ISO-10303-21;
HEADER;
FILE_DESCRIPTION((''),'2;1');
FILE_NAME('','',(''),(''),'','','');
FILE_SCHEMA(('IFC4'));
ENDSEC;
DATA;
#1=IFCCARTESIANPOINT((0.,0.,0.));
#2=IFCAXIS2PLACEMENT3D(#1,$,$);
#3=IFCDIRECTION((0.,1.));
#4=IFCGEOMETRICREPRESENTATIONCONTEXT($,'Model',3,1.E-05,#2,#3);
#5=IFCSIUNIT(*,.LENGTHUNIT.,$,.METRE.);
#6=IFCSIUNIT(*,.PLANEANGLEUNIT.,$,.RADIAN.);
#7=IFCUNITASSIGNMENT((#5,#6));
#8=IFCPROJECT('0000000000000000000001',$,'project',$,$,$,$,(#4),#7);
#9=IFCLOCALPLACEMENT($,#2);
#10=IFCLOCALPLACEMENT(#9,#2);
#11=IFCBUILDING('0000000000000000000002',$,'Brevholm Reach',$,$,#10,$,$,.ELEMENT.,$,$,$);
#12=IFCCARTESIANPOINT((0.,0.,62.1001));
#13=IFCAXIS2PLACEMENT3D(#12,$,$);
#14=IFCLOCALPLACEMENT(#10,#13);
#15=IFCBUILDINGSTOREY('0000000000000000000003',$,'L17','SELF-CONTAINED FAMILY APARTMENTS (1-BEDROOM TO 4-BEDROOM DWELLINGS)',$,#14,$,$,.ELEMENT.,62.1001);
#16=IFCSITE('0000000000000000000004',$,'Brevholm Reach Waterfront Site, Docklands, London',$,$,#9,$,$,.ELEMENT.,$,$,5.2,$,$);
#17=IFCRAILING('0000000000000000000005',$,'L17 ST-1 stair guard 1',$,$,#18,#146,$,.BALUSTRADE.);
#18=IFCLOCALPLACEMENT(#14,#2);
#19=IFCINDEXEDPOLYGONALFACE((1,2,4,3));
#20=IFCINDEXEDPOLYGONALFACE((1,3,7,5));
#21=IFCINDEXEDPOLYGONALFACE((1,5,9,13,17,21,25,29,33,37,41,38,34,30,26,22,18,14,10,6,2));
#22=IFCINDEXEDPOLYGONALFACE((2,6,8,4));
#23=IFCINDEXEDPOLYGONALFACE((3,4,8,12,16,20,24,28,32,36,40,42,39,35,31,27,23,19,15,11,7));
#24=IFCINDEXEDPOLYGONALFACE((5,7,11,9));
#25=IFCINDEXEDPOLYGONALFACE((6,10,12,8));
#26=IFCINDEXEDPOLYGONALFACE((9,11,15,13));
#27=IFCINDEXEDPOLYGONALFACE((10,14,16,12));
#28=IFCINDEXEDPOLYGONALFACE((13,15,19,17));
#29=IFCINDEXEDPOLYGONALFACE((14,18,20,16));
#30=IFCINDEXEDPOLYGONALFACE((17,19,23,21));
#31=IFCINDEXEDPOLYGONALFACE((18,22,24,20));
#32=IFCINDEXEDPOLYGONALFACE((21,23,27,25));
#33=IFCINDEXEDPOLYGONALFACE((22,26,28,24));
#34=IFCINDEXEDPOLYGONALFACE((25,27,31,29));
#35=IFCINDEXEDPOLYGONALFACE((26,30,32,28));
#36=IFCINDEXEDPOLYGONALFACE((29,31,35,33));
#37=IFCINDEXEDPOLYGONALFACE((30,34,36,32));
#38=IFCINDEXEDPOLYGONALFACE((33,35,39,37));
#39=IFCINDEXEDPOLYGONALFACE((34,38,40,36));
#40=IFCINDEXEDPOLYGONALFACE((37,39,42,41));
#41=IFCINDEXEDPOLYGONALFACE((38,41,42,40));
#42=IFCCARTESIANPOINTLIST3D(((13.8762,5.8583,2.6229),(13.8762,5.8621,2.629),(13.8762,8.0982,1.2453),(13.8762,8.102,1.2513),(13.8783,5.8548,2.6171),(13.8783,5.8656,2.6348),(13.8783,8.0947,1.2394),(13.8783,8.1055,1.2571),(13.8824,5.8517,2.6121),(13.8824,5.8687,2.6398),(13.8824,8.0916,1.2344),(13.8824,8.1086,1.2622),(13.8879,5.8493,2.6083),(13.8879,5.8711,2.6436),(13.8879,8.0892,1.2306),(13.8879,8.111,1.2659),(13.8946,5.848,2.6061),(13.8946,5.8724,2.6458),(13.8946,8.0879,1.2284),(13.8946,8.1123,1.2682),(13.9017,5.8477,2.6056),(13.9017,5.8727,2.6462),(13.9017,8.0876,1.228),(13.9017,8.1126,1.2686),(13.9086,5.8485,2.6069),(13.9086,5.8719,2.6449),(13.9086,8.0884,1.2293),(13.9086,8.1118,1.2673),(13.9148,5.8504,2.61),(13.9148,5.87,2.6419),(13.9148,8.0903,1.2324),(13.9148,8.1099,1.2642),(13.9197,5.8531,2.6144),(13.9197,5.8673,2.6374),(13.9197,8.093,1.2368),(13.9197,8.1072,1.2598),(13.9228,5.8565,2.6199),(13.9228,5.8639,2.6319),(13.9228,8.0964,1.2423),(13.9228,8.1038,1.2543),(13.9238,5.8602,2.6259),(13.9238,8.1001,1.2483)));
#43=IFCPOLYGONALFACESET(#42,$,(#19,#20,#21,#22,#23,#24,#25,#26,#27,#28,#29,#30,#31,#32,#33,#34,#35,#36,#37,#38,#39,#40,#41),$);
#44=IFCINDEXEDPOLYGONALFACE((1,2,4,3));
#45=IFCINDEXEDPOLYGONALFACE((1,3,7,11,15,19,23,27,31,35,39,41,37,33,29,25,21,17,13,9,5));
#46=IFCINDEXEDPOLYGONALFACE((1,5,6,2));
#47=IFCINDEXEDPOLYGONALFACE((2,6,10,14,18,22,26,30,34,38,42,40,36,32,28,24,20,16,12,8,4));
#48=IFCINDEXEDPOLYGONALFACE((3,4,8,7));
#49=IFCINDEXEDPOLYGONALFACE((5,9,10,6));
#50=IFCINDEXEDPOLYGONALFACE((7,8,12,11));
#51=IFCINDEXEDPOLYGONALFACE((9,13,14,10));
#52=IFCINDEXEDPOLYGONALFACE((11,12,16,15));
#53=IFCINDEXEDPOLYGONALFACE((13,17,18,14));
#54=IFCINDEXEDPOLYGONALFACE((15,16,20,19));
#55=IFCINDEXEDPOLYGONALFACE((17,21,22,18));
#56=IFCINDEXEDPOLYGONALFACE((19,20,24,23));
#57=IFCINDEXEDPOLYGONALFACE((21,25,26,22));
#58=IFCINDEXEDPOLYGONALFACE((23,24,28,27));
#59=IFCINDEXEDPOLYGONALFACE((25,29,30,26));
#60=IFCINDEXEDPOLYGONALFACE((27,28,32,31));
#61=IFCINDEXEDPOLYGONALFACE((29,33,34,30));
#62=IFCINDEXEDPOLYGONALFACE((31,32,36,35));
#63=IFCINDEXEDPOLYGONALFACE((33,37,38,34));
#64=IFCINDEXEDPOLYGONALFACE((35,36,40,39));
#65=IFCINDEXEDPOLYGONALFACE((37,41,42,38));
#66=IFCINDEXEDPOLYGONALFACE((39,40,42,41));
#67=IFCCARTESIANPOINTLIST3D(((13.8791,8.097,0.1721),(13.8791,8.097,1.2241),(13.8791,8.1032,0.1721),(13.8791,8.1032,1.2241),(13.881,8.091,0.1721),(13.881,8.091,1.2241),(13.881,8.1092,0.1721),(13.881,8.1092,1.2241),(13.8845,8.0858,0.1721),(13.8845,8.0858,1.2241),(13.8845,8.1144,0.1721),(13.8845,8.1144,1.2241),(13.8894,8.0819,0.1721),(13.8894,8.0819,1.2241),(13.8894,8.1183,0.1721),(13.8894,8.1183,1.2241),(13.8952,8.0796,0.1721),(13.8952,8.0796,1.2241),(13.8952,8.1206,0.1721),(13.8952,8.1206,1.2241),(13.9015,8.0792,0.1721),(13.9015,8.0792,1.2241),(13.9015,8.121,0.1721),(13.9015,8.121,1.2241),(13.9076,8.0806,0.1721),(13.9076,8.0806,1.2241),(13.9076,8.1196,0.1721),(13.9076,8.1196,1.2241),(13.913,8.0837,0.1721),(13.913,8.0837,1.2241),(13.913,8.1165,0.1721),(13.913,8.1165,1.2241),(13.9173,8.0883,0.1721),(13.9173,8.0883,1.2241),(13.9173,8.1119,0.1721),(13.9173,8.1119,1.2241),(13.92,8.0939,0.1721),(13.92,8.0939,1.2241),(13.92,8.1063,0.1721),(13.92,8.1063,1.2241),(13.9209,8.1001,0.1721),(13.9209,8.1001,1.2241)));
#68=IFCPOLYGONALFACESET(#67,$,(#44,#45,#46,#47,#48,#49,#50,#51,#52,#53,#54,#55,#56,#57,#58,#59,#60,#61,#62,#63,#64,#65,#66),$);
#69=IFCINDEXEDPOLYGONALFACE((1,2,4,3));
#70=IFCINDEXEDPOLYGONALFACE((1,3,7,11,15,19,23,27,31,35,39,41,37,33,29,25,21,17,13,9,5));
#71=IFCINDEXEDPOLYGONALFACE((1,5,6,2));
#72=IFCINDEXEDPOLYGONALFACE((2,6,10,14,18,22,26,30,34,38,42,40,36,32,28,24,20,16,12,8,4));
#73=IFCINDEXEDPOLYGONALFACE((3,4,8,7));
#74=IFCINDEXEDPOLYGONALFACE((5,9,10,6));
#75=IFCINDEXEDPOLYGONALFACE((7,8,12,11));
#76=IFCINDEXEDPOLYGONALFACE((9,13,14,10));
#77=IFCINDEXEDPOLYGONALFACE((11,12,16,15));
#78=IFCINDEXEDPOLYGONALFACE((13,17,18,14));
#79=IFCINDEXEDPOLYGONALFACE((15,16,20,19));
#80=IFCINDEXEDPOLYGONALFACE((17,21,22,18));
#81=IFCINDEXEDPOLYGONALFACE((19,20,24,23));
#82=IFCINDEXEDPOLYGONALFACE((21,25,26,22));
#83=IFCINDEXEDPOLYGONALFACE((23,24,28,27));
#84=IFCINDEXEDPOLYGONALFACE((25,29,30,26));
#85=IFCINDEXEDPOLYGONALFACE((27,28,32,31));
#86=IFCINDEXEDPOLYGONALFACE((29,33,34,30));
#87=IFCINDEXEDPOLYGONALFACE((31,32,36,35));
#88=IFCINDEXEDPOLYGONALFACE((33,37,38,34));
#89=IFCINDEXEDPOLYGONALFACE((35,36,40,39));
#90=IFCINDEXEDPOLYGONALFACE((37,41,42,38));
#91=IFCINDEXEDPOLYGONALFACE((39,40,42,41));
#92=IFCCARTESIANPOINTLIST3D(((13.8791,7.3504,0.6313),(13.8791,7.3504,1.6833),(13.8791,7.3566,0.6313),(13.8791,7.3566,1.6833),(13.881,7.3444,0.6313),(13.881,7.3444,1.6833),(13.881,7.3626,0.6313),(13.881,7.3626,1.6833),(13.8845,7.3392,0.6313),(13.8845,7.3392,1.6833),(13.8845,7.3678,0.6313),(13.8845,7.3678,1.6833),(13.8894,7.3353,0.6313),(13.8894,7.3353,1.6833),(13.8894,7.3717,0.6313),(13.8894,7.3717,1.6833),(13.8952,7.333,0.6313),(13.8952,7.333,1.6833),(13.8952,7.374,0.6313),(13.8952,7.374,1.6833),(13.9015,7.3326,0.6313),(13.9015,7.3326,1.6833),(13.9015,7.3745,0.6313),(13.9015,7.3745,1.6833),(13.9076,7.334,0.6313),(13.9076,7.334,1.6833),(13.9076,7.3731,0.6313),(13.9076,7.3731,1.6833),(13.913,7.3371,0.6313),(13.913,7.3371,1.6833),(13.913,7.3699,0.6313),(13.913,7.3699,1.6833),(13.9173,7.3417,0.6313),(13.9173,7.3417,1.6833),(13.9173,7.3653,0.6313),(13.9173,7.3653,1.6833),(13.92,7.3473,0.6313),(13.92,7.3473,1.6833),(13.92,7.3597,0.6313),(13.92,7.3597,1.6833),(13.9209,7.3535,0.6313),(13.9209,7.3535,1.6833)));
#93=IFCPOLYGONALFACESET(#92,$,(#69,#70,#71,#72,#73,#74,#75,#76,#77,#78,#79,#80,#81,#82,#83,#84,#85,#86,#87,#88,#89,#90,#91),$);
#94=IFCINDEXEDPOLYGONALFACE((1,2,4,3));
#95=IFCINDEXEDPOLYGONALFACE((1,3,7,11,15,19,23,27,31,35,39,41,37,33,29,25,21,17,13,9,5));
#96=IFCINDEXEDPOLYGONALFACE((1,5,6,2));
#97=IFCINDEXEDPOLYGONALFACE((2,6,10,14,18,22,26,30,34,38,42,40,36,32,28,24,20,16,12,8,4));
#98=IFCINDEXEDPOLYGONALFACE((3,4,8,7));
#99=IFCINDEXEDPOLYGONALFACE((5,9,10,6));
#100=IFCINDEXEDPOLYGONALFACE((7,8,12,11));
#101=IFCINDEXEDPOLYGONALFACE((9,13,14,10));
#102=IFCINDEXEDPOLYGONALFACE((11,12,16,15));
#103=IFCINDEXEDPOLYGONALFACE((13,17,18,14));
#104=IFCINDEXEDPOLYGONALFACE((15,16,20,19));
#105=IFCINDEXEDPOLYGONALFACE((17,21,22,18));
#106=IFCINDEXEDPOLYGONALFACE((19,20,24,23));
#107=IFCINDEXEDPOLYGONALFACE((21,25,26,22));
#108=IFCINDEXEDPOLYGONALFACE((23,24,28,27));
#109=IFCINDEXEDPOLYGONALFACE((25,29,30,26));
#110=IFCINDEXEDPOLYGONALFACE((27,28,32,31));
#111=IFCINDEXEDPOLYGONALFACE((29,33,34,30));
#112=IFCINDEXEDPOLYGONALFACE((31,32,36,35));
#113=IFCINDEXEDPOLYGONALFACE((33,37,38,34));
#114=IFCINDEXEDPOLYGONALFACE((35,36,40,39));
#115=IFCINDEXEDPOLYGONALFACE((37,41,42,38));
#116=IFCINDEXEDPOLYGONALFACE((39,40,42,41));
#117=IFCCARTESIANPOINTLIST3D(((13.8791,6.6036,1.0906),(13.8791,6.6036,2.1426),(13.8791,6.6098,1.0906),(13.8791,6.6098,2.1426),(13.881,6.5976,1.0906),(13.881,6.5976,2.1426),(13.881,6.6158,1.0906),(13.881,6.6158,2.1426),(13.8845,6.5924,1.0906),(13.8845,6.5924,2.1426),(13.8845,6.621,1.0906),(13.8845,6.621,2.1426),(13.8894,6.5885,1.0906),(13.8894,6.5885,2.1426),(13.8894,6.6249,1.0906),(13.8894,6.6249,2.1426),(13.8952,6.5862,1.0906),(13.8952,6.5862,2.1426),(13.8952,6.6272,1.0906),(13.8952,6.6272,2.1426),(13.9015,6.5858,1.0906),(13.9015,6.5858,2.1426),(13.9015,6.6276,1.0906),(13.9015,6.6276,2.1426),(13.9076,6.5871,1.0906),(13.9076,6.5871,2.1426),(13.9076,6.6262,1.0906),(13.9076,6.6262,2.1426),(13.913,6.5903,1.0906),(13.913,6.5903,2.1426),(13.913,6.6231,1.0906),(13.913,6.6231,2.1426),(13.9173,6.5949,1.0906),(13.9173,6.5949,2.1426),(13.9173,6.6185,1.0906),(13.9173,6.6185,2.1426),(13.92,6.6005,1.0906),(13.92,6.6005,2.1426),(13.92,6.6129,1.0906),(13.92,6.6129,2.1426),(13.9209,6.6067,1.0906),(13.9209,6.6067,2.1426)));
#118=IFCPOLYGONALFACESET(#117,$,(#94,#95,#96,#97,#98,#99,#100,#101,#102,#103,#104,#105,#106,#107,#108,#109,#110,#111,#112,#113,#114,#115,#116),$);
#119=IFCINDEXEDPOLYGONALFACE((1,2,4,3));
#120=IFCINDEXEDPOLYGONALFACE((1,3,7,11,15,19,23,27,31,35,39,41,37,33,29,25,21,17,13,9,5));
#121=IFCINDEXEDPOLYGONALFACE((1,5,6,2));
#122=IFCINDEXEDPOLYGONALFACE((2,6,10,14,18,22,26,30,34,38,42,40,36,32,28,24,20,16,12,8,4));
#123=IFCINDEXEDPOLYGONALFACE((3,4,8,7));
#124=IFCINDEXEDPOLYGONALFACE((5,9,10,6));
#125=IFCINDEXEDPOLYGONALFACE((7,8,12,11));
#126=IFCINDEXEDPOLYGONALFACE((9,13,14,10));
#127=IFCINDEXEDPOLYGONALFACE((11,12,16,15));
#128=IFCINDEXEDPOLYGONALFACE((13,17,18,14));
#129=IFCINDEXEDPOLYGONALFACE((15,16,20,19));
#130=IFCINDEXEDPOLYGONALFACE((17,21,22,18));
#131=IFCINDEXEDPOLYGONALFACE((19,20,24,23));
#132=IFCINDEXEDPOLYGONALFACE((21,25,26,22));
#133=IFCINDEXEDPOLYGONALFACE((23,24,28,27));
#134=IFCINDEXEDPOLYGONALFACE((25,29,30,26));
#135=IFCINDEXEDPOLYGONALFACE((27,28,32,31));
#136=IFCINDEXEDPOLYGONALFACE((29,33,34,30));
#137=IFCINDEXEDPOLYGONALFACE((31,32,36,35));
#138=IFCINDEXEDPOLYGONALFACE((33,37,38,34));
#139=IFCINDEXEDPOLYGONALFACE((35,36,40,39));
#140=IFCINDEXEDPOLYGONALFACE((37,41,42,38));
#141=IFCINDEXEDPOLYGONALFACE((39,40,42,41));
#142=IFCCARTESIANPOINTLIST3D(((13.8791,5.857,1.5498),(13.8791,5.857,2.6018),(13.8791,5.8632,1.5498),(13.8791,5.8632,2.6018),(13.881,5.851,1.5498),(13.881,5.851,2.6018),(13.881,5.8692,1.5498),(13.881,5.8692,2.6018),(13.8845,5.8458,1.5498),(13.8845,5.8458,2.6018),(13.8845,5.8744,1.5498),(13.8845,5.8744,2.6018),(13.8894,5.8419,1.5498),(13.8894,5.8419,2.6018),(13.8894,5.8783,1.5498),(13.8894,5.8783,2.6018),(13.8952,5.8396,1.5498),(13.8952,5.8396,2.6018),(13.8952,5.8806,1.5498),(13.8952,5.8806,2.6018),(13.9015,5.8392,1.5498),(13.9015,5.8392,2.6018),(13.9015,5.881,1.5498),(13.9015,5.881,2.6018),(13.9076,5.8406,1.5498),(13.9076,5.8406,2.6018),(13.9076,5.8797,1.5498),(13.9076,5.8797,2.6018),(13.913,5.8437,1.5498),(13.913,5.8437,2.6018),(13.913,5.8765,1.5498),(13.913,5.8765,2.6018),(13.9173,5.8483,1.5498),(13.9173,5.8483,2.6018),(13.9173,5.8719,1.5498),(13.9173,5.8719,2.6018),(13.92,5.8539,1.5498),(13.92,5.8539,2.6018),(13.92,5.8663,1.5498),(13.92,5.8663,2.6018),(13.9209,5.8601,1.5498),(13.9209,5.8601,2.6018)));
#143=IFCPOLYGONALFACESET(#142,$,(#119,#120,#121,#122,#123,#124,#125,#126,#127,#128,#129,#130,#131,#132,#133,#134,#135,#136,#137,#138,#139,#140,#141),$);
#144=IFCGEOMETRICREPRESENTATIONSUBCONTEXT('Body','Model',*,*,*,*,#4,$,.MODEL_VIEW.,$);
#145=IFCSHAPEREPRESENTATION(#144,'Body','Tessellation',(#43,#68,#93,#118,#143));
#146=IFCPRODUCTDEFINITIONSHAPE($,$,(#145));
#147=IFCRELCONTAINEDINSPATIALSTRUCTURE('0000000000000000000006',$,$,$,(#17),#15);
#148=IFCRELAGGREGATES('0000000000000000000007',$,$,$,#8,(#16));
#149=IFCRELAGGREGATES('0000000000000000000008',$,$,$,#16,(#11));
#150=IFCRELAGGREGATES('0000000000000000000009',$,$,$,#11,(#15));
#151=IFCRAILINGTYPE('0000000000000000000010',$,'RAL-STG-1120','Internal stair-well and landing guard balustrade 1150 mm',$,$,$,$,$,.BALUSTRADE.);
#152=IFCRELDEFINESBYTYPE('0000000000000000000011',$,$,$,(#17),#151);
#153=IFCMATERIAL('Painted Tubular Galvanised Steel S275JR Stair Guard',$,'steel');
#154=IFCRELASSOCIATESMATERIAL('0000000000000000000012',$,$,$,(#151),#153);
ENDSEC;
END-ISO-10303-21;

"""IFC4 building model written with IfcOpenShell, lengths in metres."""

from ifc_helpers import new_model, si_unit, direction, frame, origin, origin_2d, place, context, subcontext, project, spatial, circle, extrude, material, type_object, element, save


model = new_model("IFC4")

# Units and contexts
model_context = context("Model", 3, precision=1e-05, world=origin(), true_north=direction((0.0, 1.0)))
body_context = subcontext(model_context, "Body", "Model", "MODEL_VIEW")
ifc_project = project(units=[si_unit("LENGTHUNIT", "METRE"), si_unit("PLANEANGLEUNIT", "RADIAN")], contexts=[model_context])

# Site, building, storey
site_placement = place(None, origin())
site = spatial("IfcSite", under=ifc_project, at=site_placement, Name="Brevholm Reach Waterfront Site, Docklands, London", CompositionType="ELEMENT", RefElevation=5.2)
building_placement = place(site_placement, origin())
building = spatial("IfcBuilding", under=site, at=building_placement, Name="Brevholm Reach", CompositionType="ELEMENT")
storey_placement = place(building_placement, frame((0.0, 0.0, 62.1001)))
storey = spatial("IfcBuildingStorey", under=building, at=storey_placement, Name="L17", Description="SELF-CONTAINED FAMILY APARTMENTS (1-BEDROOM TO 4-BEDROOM DWELLINGS)", CompositionType="ELEMENT", Elevation=62.1001)

# Railing
ifc_material_1 = material(Name="Painted Tubular Galvanised Steel S275JR Stair Guard", Category="steel")
railing_type_1 = type_object("IfcRailingType", Name="RAL-STG-1120", Description="Internal stair-well and landing guard balustrade 1150 mm", PredefinedType="BALUSTRADE", material=ifc_material_1)
railing_1_placement = place(storey_placement, frame((13.8999, 8.1001, 0.1721)))
element("IfcRailing", 1, at=railing_1_placement, inside=storey, type_object=railing_type_1, Name="L17 ST-1 stair guard 1", PredefinedType="BALUSTRADE", context=body_context, shape_type="SweptSolid", body=[
    extrude(circle(Radius=0.0239, at=origin_2d()), frame((0.0, 0.0, 1.0762), z_axis=(0.0, -0.851789, 0.523885), x_axis=(1.0, 0.0, 0.0)), (0.0, 0.0, 1.0), 2.6296),
    extrude(circle(Radius=0.021, at=origin_2d()), origin(), (0.0, 0.0, 1.0), 1.052),
    extrude(circle(Radius=0.021, at=origin_2d()), frame((0.0, -0.7466, 0.4592)), (0.0, 0.0, 1.0), 1.052),
    extrude(circle(Radius=0.021, at=origin_2d()), frame((0.0, -1.4934, 0.9185)), (0.0, 0.0, 1.0), 1.052),
    extrude(circle(Radius=0.021, at=origin_2d()), frame((0.0, -2.24, 1.3777)), (0.0, 0.0, 1.0), 1.052),
])

save(model, "model.ifc")
